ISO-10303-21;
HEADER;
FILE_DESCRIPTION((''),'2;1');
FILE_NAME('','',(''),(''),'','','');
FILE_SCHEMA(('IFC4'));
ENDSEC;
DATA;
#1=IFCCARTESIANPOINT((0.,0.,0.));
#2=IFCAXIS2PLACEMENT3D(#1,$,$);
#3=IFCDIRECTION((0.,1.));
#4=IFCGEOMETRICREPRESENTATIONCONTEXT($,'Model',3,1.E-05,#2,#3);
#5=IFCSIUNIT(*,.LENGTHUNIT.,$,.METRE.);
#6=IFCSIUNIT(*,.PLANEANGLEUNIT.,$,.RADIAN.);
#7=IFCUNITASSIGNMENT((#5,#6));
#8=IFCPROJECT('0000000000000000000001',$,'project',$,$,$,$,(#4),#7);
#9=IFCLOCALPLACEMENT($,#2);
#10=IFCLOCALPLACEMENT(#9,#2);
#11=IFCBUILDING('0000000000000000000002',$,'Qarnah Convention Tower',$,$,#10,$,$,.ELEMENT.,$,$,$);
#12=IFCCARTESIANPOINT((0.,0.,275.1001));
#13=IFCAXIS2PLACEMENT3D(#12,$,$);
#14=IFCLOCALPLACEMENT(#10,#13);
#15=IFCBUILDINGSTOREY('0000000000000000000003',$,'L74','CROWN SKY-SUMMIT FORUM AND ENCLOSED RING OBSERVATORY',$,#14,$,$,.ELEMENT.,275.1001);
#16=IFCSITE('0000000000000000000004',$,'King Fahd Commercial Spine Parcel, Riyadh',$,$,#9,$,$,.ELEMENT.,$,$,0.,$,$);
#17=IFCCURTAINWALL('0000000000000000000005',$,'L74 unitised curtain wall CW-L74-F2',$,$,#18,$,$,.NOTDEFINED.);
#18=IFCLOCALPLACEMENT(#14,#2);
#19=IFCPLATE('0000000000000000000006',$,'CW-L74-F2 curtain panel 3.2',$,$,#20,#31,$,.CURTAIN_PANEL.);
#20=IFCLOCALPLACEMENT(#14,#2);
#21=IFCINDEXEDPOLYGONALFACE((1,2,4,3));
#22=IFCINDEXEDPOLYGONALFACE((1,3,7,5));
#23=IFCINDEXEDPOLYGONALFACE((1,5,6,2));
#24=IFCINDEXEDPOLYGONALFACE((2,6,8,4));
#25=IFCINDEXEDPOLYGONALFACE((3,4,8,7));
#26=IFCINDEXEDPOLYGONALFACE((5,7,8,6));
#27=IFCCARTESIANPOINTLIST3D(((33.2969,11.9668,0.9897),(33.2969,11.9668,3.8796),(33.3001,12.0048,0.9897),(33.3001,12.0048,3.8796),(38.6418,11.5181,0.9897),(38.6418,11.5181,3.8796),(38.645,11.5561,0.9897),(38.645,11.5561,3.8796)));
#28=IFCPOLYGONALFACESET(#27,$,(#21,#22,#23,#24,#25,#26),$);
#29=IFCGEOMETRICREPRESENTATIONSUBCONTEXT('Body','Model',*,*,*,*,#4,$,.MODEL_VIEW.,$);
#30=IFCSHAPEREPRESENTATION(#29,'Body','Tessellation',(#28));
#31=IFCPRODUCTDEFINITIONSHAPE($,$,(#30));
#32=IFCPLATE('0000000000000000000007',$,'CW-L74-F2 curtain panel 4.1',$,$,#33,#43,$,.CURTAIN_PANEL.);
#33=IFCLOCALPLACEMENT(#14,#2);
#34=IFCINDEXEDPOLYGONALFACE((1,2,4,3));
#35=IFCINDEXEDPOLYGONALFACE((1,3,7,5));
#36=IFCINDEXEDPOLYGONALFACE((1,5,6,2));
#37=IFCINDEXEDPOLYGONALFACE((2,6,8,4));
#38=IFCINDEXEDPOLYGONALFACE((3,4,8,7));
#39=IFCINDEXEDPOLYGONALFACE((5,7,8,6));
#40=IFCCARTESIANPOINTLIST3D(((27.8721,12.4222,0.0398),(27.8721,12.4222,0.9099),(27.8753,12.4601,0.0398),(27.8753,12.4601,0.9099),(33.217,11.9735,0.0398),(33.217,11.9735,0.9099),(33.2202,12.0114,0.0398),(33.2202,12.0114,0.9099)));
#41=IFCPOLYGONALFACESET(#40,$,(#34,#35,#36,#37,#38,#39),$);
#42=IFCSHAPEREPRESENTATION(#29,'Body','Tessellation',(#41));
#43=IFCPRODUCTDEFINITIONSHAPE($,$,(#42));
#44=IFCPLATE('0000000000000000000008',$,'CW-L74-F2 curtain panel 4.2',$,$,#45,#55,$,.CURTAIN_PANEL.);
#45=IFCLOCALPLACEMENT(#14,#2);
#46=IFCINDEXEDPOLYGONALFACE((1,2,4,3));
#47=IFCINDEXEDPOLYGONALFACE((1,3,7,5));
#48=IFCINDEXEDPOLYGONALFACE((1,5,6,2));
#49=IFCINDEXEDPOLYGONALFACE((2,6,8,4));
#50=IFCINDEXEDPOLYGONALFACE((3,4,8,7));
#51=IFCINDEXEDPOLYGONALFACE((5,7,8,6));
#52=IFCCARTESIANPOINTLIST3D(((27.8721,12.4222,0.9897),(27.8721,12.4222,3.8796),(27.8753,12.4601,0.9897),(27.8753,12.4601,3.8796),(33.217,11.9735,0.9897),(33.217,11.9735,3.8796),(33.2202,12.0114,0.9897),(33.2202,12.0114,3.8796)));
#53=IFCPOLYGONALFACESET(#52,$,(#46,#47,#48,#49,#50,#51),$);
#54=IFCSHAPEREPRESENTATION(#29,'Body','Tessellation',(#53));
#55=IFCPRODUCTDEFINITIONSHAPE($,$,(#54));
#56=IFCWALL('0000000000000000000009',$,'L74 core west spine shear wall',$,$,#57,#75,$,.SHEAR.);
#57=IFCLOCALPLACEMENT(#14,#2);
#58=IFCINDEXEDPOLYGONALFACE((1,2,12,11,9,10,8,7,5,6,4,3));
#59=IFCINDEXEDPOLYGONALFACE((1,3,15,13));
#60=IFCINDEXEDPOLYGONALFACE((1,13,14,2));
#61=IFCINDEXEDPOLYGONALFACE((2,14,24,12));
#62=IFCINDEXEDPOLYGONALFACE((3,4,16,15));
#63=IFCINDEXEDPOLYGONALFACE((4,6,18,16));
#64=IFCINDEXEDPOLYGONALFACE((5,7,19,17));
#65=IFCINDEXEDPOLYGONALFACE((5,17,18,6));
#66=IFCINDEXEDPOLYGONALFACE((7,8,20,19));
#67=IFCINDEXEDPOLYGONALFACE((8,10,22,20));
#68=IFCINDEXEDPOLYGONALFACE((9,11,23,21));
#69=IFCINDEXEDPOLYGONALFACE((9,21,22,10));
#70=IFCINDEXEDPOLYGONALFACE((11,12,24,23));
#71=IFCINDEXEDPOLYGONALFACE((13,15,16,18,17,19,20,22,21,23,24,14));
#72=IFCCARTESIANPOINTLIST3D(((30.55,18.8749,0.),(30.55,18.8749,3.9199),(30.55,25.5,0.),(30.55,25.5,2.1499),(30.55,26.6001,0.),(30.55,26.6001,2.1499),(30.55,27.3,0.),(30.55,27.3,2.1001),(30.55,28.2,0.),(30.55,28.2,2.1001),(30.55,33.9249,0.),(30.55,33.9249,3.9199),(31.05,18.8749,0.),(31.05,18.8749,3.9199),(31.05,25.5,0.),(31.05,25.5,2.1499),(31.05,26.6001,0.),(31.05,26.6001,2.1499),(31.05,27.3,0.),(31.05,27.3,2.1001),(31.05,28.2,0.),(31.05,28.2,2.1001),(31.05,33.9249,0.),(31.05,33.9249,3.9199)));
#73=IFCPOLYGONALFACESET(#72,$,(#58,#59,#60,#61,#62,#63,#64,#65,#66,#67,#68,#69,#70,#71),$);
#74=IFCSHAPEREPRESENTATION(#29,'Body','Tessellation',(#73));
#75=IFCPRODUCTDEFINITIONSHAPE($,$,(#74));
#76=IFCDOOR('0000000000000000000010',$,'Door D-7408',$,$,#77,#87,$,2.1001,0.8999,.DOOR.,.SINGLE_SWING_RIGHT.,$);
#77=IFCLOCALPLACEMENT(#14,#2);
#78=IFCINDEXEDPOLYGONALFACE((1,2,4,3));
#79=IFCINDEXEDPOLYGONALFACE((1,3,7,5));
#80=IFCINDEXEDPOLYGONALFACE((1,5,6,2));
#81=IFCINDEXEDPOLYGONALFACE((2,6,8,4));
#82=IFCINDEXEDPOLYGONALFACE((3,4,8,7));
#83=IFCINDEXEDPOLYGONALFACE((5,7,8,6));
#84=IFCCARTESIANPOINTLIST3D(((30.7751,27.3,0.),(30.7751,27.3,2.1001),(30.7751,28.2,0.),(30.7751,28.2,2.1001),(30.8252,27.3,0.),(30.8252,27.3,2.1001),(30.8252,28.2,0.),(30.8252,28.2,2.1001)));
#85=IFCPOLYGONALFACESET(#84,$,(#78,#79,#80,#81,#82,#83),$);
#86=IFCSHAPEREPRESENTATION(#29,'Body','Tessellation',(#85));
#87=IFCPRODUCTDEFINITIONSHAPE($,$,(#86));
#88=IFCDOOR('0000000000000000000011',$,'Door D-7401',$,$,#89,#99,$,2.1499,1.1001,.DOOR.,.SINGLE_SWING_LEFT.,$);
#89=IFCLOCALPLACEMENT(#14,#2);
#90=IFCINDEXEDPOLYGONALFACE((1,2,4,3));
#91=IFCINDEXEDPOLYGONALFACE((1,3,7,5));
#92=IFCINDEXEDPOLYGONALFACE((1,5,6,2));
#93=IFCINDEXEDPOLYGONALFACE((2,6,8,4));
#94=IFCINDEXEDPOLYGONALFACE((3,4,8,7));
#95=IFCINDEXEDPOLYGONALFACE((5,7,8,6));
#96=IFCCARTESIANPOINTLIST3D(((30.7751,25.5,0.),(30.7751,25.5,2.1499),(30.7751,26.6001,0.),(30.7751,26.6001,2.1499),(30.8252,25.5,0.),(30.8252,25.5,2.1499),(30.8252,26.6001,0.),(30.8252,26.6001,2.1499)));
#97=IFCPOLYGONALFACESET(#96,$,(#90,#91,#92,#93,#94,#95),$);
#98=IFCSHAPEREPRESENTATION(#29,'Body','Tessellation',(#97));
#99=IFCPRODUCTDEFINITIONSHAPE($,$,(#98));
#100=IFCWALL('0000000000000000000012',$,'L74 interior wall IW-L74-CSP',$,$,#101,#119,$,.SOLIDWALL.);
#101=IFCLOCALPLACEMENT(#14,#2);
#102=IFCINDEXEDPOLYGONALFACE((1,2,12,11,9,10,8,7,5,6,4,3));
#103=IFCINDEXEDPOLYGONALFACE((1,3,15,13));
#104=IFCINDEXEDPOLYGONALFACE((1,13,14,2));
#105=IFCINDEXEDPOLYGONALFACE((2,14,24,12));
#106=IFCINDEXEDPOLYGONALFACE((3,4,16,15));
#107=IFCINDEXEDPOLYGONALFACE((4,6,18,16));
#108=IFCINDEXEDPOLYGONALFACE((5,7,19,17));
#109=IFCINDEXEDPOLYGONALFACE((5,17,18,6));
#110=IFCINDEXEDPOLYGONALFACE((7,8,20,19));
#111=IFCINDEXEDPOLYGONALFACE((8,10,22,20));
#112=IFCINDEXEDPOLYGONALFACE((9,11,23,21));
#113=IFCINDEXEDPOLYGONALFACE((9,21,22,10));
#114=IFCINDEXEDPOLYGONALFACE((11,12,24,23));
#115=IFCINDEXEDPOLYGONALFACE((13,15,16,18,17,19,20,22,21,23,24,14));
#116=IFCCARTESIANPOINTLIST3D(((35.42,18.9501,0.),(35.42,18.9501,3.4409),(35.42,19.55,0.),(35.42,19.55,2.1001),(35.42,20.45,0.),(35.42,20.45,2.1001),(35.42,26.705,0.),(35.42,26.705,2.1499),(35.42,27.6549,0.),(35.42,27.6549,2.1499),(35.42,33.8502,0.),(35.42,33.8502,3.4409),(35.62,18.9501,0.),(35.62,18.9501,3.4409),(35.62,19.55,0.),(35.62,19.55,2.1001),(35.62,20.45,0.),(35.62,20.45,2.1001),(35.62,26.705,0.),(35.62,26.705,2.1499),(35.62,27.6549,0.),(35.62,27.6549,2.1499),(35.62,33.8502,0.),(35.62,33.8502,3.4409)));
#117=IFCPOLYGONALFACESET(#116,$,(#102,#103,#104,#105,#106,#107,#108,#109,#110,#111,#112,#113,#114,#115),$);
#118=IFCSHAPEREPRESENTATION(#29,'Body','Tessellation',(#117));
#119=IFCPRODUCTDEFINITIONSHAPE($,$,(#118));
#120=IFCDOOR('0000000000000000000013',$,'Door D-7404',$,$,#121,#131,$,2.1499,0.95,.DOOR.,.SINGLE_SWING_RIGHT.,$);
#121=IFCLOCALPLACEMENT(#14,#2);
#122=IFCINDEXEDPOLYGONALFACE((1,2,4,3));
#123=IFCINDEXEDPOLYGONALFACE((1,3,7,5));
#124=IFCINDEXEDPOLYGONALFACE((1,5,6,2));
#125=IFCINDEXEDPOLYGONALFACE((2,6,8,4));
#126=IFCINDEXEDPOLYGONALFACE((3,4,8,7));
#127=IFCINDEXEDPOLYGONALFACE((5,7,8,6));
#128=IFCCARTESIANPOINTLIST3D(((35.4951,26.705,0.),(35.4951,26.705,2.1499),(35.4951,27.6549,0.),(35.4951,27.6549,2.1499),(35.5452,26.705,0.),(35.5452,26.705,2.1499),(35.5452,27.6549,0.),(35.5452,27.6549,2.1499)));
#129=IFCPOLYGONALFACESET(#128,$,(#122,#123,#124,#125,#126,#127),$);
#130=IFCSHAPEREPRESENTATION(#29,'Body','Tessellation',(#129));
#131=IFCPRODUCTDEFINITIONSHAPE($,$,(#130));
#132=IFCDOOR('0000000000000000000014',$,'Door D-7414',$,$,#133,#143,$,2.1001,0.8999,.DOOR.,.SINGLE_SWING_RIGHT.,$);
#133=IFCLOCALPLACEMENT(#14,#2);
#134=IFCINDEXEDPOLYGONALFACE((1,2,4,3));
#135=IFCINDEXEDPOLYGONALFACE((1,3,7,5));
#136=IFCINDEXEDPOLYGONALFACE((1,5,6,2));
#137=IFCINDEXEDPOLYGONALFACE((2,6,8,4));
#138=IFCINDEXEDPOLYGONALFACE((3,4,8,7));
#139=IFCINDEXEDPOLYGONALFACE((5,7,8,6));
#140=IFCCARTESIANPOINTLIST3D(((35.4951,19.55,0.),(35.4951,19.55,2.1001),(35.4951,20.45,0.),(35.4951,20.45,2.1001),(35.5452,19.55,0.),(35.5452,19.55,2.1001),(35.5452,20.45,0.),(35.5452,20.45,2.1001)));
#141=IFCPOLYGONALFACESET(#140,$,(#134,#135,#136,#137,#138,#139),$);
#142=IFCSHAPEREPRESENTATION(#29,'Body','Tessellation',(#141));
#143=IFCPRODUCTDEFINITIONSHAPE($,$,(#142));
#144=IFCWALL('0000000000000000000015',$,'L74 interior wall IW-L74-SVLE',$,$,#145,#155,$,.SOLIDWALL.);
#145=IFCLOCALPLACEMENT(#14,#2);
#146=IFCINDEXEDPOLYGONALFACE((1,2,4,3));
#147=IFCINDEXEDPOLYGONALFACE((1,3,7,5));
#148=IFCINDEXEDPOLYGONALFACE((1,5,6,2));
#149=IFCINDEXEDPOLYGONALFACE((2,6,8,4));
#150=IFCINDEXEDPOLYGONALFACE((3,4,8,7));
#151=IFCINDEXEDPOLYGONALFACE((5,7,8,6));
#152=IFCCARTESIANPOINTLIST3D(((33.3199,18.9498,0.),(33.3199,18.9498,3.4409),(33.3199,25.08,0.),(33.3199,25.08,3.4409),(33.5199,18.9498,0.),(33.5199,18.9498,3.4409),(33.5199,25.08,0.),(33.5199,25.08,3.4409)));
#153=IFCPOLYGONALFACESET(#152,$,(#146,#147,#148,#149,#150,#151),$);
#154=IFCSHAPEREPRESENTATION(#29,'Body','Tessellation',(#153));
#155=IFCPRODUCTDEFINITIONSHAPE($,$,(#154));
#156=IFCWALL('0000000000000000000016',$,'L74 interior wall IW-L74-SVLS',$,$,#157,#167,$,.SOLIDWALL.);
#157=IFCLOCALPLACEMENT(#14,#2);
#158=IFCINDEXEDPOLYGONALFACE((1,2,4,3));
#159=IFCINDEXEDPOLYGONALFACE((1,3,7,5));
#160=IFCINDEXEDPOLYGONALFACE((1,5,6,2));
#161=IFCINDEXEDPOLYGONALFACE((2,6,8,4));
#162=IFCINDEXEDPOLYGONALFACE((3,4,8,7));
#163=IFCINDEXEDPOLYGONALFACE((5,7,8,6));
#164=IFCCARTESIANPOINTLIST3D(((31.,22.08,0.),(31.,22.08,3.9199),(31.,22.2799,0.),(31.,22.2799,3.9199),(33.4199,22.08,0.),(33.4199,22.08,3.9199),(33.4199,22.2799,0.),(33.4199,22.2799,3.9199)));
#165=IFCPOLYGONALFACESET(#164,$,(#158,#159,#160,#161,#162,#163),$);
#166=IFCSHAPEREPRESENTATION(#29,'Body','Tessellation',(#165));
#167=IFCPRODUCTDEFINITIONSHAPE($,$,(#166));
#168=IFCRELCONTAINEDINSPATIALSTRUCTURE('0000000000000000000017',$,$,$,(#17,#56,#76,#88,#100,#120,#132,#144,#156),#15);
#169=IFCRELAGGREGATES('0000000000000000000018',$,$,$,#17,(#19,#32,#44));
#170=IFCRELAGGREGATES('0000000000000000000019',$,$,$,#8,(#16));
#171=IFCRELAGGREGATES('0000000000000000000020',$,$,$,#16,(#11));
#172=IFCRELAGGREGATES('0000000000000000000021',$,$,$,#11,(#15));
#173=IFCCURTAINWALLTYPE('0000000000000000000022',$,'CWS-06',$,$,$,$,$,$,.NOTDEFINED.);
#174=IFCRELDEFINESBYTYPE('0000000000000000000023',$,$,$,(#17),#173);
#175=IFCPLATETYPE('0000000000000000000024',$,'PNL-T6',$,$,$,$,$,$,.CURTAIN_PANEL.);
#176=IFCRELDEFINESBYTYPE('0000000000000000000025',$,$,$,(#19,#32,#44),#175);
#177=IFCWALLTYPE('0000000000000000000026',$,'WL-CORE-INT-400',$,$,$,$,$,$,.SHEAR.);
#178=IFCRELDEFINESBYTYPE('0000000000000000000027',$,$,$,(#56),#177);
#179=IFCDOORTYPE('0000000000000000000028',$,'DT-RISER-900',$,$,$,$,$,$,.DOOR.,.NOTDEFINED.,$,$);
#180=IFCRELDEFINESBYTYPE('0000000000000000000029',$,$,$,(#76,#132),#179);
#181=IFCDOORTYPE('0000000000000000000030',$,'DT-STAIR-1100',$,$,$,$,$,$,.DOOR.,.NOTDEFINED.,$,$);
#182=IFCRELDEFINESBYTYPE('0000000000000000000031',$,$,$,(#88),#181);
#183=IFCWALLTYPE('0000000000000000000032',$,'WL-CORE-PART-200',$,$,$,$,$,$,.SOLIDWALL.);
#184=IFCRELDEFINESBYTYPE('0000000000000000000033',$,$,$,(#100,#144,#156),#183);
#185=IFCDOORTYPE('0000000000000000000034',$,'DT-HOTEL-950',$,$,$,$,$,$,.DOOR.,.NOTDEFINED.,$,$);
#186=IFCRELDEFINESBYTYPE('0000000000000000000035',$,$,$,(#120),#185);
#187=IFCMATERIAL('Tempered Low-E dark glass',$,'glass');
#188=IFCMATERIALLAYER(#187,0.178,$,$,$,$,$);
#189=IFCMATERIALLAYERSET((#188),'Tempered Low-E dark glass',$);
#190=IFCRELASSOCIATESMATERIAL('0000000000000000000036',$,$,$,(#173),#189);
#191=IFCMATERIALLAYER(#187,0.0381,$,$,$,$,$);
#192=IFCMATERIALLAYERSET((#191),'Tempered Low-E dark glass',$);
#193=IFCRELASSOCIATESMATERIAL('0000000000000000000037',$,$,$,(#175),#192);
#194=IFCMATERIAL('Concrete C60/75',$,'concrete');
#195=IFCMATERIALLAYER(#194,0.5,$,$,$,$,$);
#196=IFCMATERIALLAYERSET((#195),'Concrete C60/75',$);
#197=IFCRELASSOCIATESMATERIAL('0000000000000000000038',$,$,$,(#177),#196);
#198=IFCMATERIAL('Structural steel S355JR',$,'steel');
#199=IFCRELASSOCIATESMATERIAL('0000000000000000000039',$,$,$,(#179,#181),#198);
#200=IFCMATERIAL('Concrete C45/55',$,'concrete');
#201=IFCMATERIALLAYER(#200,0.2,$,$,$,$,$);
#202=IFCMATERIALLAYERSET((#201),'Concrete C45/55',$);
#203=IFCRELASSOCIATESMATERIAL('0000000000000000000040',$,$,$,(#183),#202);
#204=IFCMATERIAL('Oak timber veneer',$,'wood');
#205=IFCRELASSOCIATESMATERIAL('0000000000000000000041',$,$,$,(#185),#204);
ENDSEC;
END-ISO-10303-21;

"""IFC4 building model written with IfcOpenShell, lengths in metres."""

from ifc_helpers import new_model, si_unit, direction, frame, frame_2d, origin, origin_2d, place, context, subcontext, project, spatial, rectangle, extrude, material, layer, layer_set, type_object, element, fill, aggregate, save


model = new_model("IFC4")

# Units and contexts
model_context = context("Model", 3, precision=1e-05, world=origin(), true_north=direction((0.0, 1.0)))
body_context = subcontext(model_context, "Body", "Model", "MODEL_VIEW")
ifc_project = project(units=[si_unit("LENGTHUNIT", "METRE"), si_unit("PLANEANGLEUNIT", "RADIAN")], contexts=[model_context])

# Site, building, storey
site_placement = place(None, origin())
site = spatial("IfcSite", under=ifc_project, at=site_placement, Name="King Fahd Commercial Spine Parcel, Riyadh", CompositionType="ELEMENT", RefElevation=0.0)
building_placement = place(site_placement, origin())
building = spatial("IfcBuilding", under=site, at=building_placement, Name="Qarnah Convention Tower", CompositionType="ELEMENT")
storey_placement = place(building_placement, frame((0.0, 0.0, 275.1001)))
storey = spatial("IfcBuildingStorey", under=building, at=storey_placement, Name="L74", Description="CROWN SKY-SUMMIT FORUM AND ENCLOSED RING OBSERVATORY", CompositionType="ELEMENT", Elevation=275.1001)

# Shared definitions
ifc_material_1 = material(Name="Structural steel S355JR", Category="steel")

# Curtain wall, plates
ifc_material_2 = material(Name="Tempered Low-E dark glass", Category="glass")
ifc_layer_1 = layer(ifc_material_2, 0.178)
ifc_layer_set_1 = layer_set([ifc_layer_1], Name="Tempered Low-E dark glass")
curtain_wall_type = type_object("IfcCurtainWallType", Name="CWS-06", PredefinedType="NOTDEFINED", material=ifc_layer_set_1)
curtain_wall_placement = place(storey_placement, origin())
curtain_wall = element("IfcCurtainWall", 1, at=curtain_wall_placement, inside=storey, type_object=curtain_wall_type, Name="L74 unitised curtain wall CW-L74-F2", PredefinedType="NOTDEFINED")
ifc_layer_2 = layer(ifc_material_2, 0.0381)
ifc_layer_set_2 = layer_set([ifc_layer_2], Name="Tempered Low-E dark glass")
plate_type = type_object("IfcPlateType", Name="PNL-T6", PredefinedType="CURTAIN_PANEL", material=ifc_layer_set_2)
plate_1_placement = place(storey_placement, frame((35.9709, 11.7615, 0.9897), z_axis=(0.0, 0.0, 1.0), x_axis=(-0.996495, 0.083654, 0.0)))
plate_1 = element("IfcPlate", 2, at=plate_1_placement, type_object=plate_type, Name="CW-L74-F2 curtain panel 3.2", PredefinedType="CURTAIN_PANEL", context=body_context, shape_type="SweptSolid", body=[
    extrude(rectangle(XDim=5.3638, YDim=0.0381, at=origin_2d()), origin(), (0.0, 0.0, 1.0), 2.8899),
])
plate_2_placement = place(storey_placement, frame((30.5461, 12.2168, 0.0398), z_axis=(0.0, 0.0, 1.0), x_axis=(-0.996495, 0.083654, 0.0)))
plate_2 = element("IfcPlate", 3, at=plate_2_placement, type_object=plate_type, Name="CW-L74-F2 curtain panel 4.1", PredefinedType="CURTAIN_PANEL", context=body_context, shape_type="SweptSolid", body=[
    extrude(rectangle(XDim=5.3638, YDim=0.0381, at=origin_2d()), origin(), (0.0, 0.0, 1.0), 0.8701),
])
plate_3_placement = place(storey_placement, frame((30.5461, 12.2168, 0.9897), z_axis=(0.0, 0.0, 1.0), x_axis=(-0.996495, 0.083654, 0.0)))
plate_3 = element("IfcPlate", 4, at=plate_3_placement, type_object=plate_type, Name="CW-L74-F2 curtain panel 4.2", PredefinedType="CURTAIN_PANEL", context=body_context, shape_type="SweptSolid", body=[
    extrude(rectangle(XDim=5.3638, YDim=0.0381, at=origin_2d()), origin(), (0.0, 0.0, 1.0), 2.8899),
])
aggregate(curtain_wall, [plate_1, plate_2, plate_3])

# Walls, openings, doors
ifc_material_3 = material(Name="Concrete C60/75", Category="concrete")
ifc_layer_3 = layer(ifc_material_3, 0.5)
ifc_layer_set_3 = layer_set([ifc_layer_3], Name="Concrete C60/75")
wall_type_1 = type_object("IfcWallType", Name="WL-CORE-INT-400", PredefinedType="SHEAR", material=ifc_layer_set_3)
wall_1_placement = place(storey_placement, frame((30.8, 18.875, 0.0), z_axis=(0.0, 0.0, 1.0), x_axis=(0.0, 1.0, 0.0)))
wall_1 = element("IfcWall", 5, at=wall_1_placement, inside=storey, type_object=wall_type_1, Name="L74 core west spine shear wall", PredefinedType="SHEAR", context=body_context, shape_type="SweptSolid", body=[
    extrude(rectangle(XDim=15.05, YDim=0.5, at=frame_2d((7.5249, 0.0))), origin(), (0.0, 0.0, 1.0), 3.9199),
])
opening_1_placement = place(wall_1_placement, frame((6.625, 0.0, 0.0)))
opening_1 = element("IfcOpeningElement", 6, at=opening_1_placement, cuts=wall_1, PredefinedType="OPENING", context=body_context, shape_type="SweptSolid", body=[
    extrude(rectangle(XDim=1.1001, YDim=2.1499, at=frame_2d((0.55, 1.075))), frame((0.0, 0.26, 0.0), z_axis=(0.0, -1.0, 0.0), x_axis=(1.0, 0.0, 0.0)), (0.0, 0.0, 1.0), 0.52),
])
opening_2_placement = place(wall_1_placement, frame((8.425, 0.0, 0.0)))
opening_2 = element("IfcOpeningElement", 7, at=opening_2_placement, cuts=wall_1, PredefinedType="OPENING", context=body_context, shape_type="SweptSolid", body=[
    extrude(rectangle(XDim=0.8999, YDim=2.1001, at=frame_2d((0.45, 1.05))), frame((0.0, 0.26, 0.0), z_axis=(0.0, -1.0, 0.0), x_axis=(1.0, 0.0, 0.0)), (0.0, 0.0, 1.0), 0.52),
])
door_type_1 = type_object("IfcDoorType", Name="DT-RISER-900", OperationType="NOTDEFINED", PredefinedType="DOOR", material=ifc_material_1)
door_1_placement = place(opening_2_placement, origin())
door_1 = element("IfcDoor", 8, at=door_1_placement, inside=storey, type_object=door_type_1, Name="Door D-7408", OperationType="SINGLE_SWING_RIGHT", OverallHeight=2.1001, OverallWidth=0.8999, PredefinedType="DOOR", context=body_context, shape_type="SweptSolid", body=[
    extrude(rectangle(XDim=0.8999, YDim=2.1001, at=frame_2d((0.45, 1.05))), frame((0.0, 0.0249, 0.0), z_axis=(0.0, -1.0, 0.0), x_axis=(1.0, 0.0, 0.0)), (0.0, 0.0, 1.0), 0.05),
])
fill(opening_2, door_1)
door_type_2 = type_object("IfcDoorType", Name="DT-STAIR-1100", OperationType="NOTDEFINED", PredefinedType="DOOR", material=ifc_material_1)
door_2_placement = place(opening_1_placement, origin())
door_2 = element("IfcDoor", 9, at=door_2_placement, inside=storey, type_object=door_type_2, Name="Door D-7401", OperationType="SINGLE_SWING_LEFT", OverallHeight=2.1499, OverallWidth=1.1001, PredefinedType="DOOR", context=body_context, shape_type="SweptSolid", body=[
    extrude(rectangle(XDim=1.1001, YDim=2.1499, at=frame_2d((0.55, 1.075))), frame((0.0, 0.0249, 0.0), z_axis=(0.0, -1.0, 0.0), x_axis=(1.0, 0.0, 0.0)), (0.0, 0.0, 1.0), 0.05),
])
fill(opening_1, door_2)
ifc_material_4 = material(Name="Concrete C45/55", Category="concrete")
ifc_layer_4 = layer(ifc_material_4, 0.2)
ifc_layer_set_4 = layer_set([ifc_layer_4], Name="Concrete C45/55")
wall_type_2 = type_object("IfcWallType", Name="WL-CORE-PART-200", PredefinedType="SOLIDWALL", material=ifc_layer_set_4)
wall_2_placement = place(storey_placement, frame((35.52, 18.95, 0.0), z_axis=(0.0, 0.0, 1.0), x_axis=(0.0, 1.0, 0.0)))
wall_2 = element("IfcWall", 10, at=wall_2_placement, inside=storey, type_object=wall_type_2, Name="L74 interior wall IW-L74-CSP", PredefinedType="SOLIDWALL", context=body_context, shape_type="SweptSolid", body=[
    extrude(rectangle(XDim=14.9001, YDim=0.2, at=frame_2d((7.4502, 0.0))), origin(), (0.0, 0.0, 1.0), 3.4409),
])
opening_3_placement = place(wall_2_placement, frame((7.7549, 0.0, 0.0)))
opening_3 = element("IfcOpeningElement", 11, at=opening_3_placement, cuts=wall_2, PredefinedType="OPENING", context=body_context, shape_type="SweptSolid", body=[
    extrude(rectangle(XDim=0.95, YDim=2.1499, at=frame_2d((0.4751, 1.075))), frame((0.0, 0.1099, 0.0), z_axis=(0.0, -1.0, 0.0), x_axis=(1.0, 0.0, 0.0)), (0.0, 0.0, 1.0), 0.22),
])
opening_4_placement = place(wall_2_placement, frame((0.6001, 0.0, 0.0)))
opening_4 = element("IfcOpeningElement", 12, at=opening_4_placement, cuts=wall_2, PredefinedType="OPENING", context=body_context, shape_type="SweptSolid", body=[
    extrude(rectangle(XDim=0.8999, YDim=2.1001, at=frame_2d((0.45, 1.05))), frame((0.0, 0.1099, 0.0), z_axis=(0.0, -1.0, 0.0), x_axis=(1.0, 0.0, 0.0)), (0.0, 0.0, 1.0), 0.22),
])
ifc_material_5 = material(Name="Oak timber veneer", Category="wood")
door_type_3 = type_object("IfcDoorType", Name="DT-HOTEL-950", OperationType="NOTDEFINED", PredefinedType="DOOR", material=ifc_material_5)
door_3_placement = place(opening_3_placement, origin())
door_3 = element("IfcDoor", 13, at=door_3_placement, inside=storey, type_object=door_type_3, Name="Door D-7404", OperationType="SINGLE_SWING_RIGHT", OverallHeight=2.1499, OverallWidth=0.95, PredefinedType="DOOR", context=body_context, shape_type="SweptSolid", body=[
    extrude(rectangle(XDim=0.95, YDim=2.1499, at=frame_2d((0.4751, 1.075))), frame((0.0, 0.0249, 0.0), z_axis=(0.0, -1.0, 0.0), x_axis=(1.0, 0.0, 0.0)), (0.0, 0.0, 1.0), 0.05),
])
fill(opening_3, door_3)
door_4_placement = place(opening_4_placement, origin())
door_4 = element("IfcDoor", 14, at=door_4_placement, inside=storey, type_object=door_type_1, Name="Door D-7414", OperationType="SINGLE_SWING_RIGHT", OverallHeight=2.1001, OverallWidth=0.8999, PredefinedType="DOOR", context=body_context, shape_type="SweptSolid", body=[
    extrude(rectangle(XDim=0.8999, YDim=2.1001, at=frame_2d((0.45, 1.05))), frame((0.0, 0.0249, 0.0), z_axis=(0.0, -1.0, 0.0), x_axis=(1.0, 0.0, 0.0)), (0.0, 0.0, 1.0), 0.05),
])
fill(opening_4, door_4)

# Walls
wall_3_placement = place(storey_placement, frame((33.4199, 18.95, 0.0), z_axis=(0.0, 0.0, 1.0), x_axis=(0.0, 1.0, 0.0)))
element("IfcWall", 15, at=wall_3_placement, inside=storey, type_object=wall_type_2, Name="L74 interior wall IW-L74-SVLE", PredefinedType="SOLIDWALL", context=body_context, shape_type="SweptSolid", body=[
    extrude(rectangle(XDim=6.1301, YDim=0.2, at=frame_2d((3.0649, 0.0))), origin(), (0.0, 0.0, 1.0), 3.4409),
])
wall_4_placement = place(storey_placement, frame((31.0, 22.1799, 0.0), z_axis=(0.0, 0.0, 1.0), x_axis=(1.0, 0.0, 0.0)))
element("IfcWall", 16, at=wall_4_placement, inside=storey, type_object=wall_type_2, Name="L74 interior wall IW-L74-SVLS", PredefinedType="SOLIDWALL", context=body_context, shape_type="SweptSolid", body=[
    extrude(rectangle(XDim=2.4199, YDim=0.2, at=frame_2d((1.21, 0.0))), origin(), (0.0, 0.0, 1.0), 3.9199),
])

save(model, "model.ifc")
